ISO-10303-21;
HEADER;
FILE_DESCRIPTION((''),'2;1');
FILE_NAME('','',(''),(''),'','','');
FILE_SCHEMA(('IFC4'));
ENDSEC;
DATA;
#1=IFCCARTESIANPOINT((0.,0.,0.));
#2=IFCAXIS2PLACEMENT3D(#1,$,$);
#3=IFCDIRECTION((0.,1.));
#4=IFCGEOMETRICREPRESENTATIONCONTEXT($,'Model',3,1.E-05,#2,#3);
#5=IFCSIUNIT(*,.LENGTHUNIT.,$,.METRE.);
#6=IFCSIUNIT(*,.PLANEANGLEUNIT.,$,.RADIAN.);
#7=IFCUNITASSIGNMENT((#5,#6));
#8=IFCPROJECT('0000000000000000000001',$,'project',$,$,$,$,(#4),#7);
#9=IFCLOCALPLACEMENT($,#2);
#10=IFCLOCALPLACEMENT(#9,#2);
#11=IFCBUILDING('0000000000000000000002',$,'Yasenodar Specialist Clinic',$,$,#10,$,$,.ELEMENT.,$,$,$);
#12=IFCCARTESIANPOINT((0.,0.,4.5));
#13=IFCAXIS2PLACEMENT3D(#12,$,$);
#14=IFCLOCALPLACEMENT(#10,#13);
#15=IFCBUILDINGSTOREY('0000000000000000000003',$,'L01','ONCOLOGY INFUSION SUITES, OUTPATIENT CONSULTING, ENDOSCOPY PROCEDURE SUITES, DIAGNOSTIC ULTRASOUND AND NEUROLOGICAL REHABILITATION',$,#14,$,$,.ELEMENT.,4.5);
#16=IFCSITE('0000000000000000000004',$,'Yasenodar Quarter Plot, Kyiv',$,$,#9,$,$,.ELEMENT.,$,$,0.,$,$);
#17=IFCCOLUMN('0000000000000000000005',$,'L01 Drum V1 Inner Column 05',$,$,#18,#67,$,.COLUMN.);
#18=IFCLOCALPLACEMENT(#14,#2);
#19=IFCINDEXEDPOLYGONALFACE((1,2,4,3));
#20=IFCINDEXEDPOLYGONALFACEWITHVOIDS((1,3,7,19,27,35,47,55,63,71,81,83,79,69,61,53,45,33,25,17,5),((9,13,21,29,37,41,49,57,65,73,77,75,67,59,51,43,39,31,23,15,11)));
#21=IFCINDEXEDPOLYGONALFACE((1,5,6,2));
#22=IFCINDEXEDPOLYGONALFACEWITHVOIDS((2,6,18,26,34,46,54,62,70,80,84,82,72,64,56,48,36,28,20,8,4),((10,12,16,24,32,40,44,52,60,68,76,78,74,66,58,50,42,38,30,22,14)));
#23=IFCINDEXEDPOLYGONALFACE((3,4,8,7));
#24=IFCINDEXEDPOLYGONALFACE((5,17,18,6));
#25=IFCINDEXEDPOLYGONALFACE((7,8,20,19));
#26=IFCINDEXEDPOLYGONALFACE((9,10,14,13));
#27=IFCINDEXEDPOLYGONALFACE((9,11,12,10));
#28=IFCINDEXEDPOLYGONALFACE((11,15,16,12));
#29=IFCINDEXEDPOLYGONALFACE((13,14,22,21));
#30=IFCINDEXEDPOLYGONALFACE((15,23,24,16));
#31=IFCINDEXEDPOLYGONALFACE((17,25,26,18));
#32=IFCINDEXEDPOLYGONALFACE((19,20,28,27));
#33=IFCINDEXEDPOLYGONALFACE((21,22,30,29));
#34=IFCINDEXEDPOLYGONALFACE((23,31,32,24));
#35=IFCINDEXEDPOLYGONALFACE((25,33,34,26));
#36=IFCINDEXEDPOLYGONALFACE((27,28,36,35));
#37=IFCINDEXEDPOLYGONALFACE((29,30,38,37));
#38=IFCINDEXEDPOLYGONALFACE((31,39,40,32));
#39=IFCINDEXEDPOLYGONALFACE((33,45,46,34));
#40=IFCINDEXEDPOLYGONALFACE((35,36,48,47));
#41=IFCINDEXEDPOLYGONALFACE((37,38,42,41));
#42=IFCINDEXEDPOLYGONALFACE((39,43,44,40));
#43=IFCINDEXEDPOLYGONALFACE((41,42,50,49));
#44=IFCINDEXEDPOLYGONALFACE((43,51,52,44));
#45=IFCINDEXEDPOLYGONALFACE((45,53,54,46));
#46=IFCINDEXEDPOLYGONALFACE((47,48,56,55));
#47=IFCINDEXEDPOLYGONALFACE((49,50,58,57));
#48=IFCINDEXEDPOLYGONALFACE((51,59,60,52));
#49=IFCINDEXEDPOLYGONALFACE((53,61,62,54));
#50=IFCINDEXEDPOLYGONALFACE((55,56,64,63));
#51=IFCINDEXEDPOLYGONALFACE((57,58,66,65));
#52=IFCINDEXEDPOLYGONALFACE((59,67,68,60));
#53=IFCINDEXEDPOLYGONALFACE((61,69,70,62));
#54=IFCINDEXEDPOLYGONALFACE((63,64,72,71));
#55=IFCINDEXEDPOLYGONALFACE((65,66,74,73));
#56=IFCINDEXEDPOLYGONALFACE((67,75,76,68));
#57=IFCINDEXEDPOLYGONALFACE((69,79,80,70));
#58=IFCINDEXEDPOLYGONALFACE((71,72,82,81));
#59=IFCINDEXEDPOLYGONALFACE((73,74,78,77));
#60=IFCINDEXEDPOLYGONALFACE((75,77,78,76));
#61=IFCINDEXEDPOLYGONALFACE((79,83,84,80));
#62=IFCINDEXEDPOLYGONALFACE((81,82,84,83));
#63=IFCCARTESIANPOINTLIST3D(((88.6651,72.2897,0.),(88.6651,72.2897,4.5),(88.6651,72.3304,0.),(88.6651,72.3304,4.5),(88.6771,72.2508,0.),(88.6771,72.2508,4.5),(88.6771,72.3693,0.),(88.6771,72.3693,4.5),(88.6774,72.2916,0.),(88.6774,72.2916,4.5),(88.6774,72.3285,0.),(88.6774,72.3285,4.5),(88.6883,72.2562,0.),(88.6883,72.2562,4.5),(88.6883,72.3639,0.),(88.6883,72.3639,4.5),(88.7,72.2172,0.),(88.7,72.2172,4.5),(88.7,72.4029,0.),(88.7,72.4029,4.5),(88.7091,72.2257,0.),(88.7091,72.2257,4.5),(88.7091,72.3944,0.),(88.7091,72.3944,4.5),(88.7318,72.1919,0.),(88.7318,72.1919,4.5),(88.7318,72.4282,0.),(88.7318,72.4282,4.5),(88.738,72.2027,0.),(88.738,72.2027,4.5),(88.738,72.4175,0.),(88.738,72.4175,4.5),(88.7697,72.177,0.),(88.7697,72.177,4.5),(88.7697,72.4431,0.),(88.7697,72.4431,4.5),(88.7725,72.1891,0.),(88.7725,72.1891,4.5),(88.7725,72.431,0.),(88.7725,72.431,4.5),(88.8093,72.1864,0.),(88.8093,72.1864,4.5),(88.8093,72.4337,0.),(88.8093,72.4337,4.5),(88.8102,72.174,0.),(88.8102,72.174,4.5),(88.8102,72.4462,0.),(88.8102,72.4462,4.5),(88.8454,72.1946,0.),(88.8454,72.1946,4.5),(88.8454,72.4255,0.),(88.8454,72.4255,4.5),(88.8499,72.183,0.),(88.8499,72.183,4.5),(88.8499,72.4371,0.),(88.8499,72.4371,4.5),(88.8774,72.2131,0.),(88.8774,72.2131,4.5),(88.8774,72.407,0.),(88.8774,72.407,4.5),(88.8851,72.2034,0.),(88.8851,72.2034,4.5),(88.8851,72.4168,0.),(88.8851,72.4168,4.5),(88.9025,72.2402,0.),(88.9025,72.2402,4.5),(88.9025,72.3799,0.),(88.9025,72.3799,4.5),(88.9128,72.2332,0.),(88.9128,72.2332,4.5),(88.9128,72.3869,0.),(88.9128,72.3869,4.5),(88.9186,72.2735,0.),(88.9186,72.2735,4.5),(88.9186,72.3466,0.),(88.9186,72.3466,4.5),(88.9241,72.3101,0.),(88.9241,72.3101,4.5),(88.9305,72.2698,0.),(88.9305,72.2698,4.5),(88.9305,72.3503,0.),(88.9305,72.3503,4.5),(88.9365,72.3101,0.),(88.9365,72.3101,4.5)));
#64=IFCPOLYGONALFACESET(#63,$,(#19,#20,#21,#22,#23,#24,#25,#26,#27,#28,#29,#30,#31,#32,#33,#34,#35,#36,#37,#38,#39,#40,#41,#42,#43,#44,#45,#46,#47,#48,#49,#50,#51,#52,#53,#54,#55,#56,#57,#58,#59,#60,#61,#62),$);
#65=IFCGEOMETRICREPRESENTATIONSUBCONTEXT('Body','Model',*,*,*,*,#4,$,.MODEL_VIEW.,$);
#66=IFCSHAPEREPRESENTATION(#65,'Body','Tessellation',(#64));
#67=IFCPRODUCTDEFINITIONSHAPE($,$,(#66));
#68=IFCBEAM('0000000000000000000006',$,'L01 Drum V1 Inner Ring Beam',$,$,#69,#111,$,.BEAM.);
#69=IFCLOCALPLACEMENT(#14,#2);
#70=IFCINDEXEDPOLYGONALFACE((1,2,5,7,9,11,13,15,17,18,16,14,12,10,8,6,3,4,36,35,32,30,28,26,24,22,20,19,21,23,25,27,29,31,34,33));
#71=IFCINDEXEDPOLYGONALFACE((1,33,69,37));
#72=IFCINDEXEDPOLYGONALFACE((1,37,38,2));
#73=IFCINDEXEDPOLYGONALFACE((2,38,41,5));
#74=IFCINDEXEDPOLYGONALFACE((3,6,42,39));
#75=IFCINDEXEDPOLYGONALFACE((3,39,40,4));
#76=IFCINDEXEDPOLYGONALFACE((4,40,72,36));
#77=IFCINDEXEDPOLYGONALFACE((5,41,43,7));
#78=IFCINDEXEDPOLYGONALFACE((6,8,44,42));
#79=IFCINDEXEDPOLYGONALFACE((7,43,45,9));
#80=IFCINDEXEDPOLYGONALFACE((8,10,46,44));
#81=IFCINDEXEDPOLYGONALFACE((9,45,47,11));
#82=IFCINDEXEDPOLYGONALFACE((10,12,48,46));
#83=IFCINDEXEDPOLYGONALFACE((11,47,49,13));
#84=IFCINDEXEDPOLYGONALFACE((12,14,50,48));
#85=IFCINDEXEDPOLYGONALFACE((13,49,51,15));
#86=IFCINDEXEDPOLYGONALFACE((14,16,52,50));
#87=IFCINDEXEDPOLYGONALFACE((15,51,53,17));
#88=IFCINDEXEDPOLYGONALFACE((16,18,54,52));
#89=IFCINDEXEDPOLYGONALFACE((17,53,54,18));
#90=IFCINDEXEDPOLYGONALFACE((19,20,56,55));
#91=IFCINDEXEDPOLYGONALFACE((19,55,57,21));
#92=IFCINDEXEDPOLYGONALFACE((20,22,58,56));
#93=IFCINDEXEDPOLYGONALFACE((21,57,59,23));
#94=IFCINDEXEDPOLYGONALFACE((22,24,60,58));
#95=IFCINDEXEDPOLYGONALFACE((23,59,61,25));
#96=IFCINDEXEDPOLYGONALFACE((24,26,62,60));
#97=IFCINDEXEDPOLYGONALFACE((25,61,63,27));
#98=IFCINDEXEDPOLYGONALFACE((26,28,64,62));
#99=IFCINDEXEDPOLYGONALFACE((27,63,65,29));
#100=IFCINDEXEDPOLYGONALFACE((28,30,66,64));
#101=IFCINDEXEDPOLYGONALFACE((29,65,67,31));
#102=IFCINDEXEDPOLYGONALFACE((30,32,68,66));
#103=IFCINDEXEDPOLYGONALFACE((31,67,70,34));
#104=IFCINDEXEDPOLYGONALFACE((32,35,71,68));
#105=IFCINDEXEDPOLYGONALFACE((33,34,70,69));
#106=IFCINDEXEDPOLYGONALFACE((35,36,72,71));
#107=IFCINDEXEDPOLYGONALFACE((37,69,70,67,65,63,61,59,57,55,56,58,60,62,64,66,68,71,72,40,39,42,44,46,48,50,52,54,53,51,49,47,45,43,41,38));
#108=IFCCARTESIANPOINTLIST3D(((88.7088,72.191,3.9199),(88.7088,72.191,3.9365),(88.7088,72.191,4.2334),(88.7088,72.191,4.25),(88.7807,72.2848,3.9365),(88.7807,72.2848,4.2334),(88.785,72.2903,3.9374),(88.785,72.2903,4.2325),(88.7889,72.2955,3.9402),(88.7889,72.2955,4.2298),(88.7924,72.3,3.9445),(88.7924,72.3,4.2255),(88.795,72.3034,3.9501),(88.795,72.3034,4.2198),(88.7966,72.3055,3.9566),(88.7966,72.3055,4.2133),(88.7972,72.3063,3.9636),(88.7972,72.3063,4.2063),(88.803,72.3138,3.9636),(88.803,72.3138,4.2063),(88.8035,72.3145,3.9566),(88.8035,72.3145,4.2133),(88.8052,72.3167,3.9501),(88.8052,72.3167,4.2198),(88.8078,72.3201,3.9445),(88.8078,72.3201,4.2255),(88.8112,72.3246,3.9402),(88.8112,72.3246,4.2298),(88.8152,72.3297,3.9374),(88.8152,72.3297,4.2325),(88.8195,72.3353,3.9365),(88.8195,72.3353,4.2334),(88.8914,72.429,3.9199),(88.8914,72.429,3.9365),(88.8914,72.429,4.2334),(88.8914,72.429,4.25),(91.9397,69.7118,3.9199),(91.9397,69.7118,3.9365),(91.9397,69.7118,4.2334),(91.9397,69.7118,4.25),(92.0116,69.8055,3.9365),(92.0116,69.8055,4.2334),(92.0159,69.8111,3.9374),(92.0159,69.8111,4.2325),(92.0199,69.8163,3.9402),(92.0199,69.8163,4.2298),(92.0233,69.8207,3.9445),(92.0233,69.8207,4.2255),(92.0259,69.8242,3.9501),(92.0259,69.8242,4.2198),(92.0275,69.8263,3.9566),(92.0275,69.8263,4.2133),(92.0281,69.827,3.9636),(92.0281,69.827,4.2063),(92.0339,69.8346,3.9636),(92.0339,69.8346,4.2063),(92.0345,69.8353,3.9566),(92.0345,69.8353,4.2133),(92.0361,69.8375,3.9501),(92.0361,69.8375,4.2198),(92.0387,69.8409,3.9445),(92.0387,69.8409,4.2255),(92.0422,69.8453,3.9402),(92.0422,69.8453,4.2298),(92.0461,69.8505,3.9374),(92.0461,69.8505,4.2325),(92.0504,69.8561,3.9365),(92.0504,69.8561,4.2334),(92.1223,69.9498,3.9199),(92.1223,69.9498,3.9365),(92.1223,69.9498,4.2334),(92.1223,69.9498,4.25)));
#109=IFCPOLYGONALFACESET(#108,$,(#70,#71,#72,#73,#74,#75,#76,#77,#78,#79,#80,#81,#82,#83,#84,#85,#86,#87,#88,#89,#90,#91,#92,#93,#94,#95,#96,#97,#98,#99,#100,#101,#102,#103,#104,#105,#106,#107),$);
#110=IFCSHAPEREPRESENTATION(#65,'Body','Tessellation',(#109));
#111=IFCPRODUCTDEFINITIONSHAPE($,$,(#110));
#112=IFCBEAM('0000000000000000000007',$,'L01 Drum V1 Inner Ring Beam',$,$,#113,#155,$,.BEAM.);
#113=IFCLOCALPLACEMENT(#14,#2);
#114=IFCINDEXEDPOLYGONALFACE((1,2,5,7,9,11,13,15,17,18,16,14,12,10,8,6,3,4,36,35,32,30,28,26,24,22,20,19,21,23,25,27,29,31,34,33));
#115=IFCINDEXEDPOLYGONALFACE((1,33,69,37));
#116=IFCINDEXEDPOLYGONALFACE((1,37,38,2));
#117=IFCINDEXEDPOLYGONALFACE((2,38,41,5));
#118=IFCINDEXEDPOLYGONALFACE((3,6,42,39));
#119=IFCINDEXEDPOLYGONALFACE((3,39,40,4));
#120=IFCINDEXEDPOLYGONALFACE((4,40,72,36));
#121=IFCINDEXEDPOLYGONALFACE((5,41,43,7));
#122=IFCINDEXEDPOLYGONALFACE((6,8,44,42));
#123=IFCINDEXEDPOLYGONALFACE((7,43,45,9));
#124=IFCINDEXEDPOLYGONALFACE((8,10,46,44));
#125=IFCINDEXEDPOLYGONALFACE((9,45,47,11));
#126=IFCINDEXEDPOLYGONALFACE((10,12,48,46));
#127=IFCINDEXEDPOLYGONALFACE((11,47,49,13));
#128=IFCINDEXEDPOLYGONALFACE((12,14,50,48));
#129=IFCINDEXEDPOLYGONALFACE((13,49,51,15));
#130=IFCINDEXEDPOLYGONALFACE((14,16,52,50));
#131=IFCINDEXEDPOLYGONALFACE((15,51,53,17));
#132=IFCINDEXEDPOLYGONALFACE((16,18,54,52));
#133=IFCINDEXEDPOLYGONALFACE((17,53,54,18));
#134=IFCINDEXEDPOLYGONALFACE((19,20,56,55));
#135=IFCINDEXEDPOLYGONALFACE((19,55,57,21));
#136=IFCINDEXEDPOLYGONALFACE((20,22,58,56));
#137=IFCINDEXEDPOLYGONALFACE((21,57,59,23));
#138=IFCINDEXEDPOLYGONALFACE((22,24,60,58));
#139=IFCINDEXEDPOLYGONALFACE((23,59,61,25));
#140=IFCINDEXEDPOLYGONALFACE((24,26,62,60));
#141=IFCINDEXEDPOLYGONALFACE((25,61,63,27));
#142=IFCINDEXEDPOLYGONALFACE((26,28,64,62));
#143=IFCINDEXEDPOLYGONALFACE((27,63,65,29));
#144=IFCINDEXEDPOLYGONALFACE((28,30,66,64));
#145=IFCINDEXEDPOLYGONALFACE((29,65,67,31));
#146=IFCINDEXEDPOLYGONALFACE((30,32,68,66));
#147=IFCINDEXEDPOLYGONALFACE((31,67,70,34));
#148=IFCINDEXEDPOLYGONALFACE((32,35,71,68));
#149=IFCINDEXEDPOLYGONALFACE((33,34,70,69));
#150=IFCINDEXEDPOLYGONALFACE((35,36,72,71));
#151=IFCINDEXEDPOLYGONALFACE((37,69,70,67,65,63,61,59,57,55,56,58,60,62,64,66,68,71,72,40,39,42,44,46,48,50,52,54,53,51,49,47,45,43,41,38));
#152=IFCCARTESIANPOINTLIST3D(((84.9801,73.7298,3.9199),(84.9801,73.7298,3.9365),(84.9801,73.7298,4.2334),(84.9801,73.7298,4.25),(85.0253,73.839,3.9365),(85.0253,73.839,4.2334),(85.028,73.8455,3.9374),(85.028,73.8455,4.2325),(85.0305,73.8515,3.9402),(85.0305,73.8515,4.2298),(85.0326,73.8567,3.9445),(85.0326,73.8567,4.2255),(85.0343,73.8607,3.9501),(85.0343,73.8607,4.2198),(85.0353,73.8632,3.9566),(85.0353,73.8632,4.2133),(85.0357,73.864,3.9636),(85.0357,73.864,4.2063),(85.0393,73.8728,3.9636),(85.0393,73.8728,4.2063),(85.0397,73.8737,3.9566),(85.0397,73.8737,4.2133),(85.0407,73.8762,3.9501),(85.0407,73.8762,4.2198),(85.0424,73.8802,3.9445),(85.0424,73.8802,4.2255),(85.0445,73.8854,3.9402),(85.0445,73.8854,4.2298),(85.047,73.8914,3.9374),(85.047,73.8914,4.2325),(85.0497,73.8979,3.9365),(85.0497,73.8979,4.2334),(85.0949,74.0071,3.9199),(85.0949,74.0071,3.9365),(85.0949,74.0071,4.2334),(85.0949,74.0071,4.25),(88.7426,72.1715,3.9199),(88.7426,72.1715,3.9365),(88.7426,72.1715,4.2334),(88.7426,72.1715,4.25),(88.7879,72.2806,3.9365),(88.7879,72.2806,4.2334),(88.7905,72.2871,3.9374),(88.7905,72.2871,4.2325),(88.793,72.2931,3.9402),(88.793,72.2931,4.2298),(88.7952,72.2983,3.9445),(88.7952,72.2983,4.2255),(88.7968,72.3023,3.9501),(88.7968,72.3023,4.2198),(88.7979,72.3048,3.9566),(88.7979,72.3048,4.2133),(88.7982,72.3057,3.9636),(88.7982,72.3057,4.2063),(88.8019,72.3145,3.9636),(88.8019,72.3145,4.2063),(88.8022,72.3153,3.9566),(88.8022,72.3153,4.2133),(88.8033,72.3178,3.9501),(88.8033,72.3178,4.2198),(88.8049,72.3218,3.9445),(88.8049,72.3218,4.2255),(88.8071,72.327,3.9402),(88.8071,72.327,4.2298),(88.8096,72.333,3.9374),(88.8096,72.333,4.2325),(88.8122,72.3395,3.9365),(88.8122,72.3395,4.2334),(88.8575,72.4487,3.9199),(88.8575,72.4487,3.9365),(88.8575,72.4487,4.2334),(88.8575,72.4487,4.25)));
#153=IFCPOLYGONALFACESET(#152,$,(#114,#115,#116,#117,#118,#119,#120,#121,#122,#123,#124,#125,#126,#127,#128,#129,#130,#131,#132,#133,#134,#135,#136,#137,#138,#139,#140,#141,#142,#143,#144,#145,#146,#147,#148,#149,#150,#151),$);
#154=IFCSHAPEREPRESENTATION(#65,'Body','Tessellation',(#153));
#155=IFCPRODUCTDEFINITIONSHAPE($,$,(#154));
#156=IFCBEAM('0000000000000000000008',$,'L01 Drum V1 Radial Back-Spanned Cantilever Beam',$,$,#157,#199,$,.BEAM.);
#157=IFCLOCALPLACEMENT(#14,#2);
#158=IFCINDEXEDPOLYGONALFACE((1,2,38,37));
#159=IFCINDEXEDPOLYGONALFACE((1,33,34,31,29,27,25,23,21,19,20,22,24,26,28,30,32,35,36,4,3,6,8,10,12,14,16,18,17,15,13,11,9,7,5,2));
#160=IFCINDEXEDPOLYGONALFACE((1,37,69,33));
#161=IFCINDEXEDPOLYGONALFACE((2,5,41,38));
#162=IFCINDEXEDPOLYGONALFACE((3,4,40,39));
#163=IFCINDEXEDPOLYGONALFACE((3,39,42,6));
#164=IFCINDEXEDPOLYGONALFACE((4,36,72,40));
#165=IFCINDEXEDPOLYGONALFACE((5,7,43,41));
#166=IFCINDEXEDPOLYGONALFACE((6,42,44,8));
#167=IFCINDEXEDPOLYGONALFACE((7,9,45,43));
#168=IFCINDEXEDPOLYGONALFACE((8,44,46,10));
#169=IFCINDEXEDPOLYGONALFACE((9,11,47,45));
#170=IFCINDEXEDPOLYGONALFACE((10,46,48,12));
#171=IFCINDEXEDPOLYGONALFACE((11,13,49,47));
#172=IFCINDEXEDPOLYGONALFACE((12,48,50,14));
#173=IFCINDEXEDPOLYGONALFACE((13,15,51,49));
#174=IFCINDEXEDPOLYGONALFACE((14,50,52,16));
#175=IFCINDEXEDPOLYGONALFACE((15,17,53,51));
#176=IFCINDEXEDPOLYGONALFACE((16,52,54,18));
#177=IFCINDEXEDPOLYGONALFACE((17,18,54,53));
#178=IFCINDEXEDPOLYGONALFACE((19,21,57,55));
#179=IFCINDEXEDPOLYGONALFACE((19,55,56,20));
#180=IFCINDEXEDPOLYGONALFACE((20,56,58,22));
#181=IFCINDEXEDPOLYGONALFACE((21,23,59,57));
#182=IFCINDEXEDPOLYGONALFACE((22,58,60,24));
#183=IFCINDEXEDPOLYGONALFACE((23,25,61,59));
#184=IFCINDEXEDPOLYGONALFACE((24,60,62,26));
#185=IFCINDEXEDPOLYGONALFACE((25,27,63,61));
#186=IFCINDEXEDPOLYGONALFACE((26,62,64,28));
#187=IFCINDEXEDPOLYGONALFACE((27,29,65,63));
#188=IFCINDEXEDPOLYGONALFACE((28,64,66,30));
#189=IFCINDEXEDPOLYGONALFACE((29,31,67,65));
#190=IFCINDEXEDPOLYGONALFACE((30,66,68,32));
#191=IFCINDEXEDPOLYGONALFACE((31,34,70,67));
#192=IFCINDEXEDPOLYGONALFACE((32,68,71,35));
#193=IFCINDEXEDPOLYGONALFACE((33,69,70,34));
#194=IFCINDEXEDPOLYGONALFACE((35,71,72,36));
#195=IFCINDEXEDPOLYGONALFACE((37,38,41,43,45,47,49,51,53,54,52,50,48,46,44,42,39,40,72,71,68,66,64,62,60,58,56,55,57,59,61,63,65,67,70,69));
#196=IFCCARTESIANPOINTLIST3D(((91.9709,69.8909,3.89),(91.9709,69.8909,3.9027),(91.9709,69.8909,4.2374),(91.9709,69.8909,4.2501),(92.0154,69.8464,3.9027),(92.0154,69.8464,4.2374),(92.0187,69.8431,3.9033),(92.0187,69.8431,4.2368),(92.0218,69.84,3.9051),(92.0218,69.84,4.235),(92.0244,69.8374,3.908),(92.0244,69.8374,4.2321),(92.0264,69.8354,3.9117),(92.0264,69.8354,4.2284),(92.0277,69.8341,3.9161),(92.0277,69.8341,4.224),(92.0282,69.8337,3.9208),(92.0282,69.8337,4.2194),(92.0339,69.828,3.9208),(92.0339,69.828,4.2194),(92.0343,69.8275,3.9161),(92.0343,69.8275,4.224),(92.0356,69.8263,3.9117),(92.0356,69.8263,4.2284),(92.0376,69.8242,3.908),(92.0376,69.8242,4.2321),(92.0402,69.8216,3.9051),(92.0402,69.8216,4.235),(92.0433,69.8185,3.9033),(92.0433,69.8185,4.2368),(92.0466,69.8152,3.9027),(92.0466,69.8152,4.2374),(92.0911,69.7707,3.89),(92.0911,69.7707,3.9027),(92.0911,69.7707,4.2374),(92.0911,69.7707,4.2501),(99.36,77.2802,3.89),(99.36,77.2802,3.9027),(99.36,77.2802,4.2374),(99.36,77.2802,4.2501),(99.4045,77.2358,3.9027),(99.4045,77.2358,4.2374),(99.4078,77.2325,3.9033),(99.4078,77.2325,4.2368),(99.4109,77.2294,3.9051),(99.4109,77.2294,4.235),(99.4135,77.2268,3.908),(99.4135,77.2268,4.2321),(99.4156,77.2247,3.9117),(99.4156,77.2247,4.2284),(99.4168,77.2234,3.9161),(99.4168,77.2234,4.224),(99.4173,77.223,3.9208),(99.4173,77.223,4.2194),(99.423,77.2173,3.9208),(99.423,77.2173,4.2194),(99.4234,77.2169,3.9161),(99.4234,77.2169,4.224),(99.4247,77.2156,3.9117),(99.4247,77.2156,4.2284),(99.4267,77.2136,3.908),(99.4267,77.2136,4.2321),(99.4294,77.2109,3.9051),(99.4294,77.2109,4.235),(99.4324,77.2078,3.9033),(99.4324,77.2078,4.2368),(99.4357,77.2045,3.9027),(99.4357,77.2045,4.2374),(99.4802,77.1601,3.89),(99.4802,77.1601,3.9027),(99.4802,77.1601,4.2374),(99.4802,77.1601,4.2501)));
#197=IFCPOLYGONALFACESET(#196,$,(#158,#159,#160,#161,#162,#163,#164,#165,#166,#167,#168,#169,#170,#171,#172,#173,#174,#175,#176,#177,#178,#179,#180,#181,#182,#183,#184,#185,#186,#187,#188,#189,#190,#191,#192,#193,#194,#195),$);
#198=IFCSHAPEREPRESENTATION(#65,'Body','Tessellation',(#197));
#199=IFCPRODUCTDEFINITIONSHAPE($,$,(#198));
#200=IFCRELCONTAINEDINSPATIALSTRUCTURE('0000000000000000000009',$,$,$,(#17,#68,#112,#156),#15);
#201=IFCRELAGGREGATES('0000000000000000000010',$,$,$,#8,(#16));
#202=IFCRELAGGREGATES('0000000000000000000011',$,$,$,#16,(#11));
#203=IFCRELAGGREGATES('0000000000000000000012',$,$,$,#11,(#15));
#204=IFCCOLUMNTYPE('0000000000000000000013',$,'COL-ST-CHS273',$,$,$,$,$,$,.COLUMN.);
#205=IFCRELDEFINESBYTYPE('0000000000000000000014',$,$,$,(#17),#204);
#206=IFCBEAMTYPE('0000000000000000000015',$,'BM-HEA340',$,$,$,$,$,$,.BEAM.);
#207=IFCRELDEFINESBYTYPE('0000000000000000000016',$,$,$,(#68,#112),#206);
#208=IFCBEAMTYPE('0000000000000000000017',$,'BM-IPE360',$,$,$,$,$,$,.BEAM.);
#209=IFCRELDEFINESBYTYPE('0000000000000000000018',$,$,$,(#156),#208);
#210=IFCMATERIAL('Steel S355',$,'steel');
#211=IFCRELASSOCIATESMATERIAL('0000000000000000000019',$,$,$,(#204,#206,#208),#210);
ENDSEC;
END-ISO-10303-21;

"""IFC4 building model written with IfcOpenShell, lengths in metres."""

from ifc_helpers import new_model, si_unit, direction, frame, origin, origin_2d, place, context, subcontext, project, spatial, hollow_circle, i_section, extrude, material, material_profile, profile_set, type_object, element, save


model = new_model("IFC4")

# Units and contexts
model_context = context("Model", 3, precision=1e-05, world=origin(), true_north=direction((0.0, 1.0)))
body_context = subcontext(model_context, "Body", "Model", "MODEL_VIEW")
ifc_project = project(units=[si_unit("LENGTHUNIT", "METRE"), si_unit("PLANEANGLEUNIT", "RADIAN")], contexts=[model_context])

# Site, building, storey
site_placement = place(None, origin())
site = spatial("IfcSite", under=ifc_project, at=site_placement, Name="Yasenodar Quarter Plot, Kyiv", CompositionType="ELEMENT", RefElevation=0.0)
building_placement = place(site_placement, origin())
building = spatial("IfcBuilding", under=site, at=building_placement, Name="Yasenodar Specialist Clinic", CompositionType="ELEMENT")
storey_placement = place(building_placement, frame((0.0, 0.0, 4.5)))
storey = spatial("IfcBuildingStorey", under=building, at=storey_placement, Name="L01", Description="ONCOLOGY INFUSION SUITES, OUTPATIENT CONSULTING, ENDOSCOPY PROCEDURE SUITES, DIAGNOSTIC ULTRASOUND AND NEUROLOGICAL REHABILITATION", CompositionType="ELEMENT", Elevation=4.5)

# Column
ifc_material_1 = material(Name="Steel S355", Category="steel")
ifc_material_profile_1 = material_profile(ifc_material_1, hollow_circle(Radius=0.1365, WallThickness=0.0125, at=origin_2d()), Name="CHS 273x12.5")
ifc_profile_set_1 = profile_set([ifc_material_profile_1], Name="Steel S355")
column_type = type_object("IfcColumnType", Name="COL-ST-CHS273", PredefinedType="COLUMN", material=ifc_profile_set_1)
column_placement = place(storey_placement, frame((88.8, 72.3101, 0.0), z_axis=(0.0, 0.0, 1.0), x_axis=(1.0, 0.0, 0.0)))
element("IfcColumn", 1, at=column_placement, inside=storey, type_object=column_type, Name="L01 Drum V1 Inner Column 05", PredefinedType="COLUMN", context=body_context, shape_type="SweptSolid", body=[
    extrude(hollow_circle(Radius=0.1365, WallThickness=0.0125, at=origin_2d()), origin(), (0.0, 0.0, 1.0), 4.5),
])

# Beams
ifc_material_profile_2 = material_profile(ifc_material_1, i_section(OverallWidth=0.3, OverallDepth=0.3301, WebThickness=0.0095, FlangeThickness=0.0166, FilletRadius=0.0271, at=origin_2d()), Name="HEA 340")
ifc_profile_set_2 = profile_set([ifc_material_profile_2], Name="Steel S355")
beam_type_1 = type_object("IfcBeamType", Name="BM-HEA340", PredefinedType="BEAM", material=ifc_profile_set_2)
for number, where, z_axis, x_axis, name in (
    (2, (92.031, 69.8308, 4.085), (-0.793348, 0.608769, 0.0), (-0.608769, -0.793348, 0.0), "L01 Drum V1 Inner Ring Beam"),
    (3, (88.8, 72.3101, 4.085), (-0.923889, 0.382661, 0.0), (-0.382661, -0.923889, 0.0), "L01 Drum V1 Inner Ring Beam"),
):
    element("IfcBeam", number, at=place(storey_placement, frame(where, z_axis=z_axis, x_axis=x_axis)), inside=storey, type_object=beam_type_1, Name=name, PredefinedType="BEAM", context=body_context, shape_type="SweptSolid", body=[
        extrude(i_section(OverallWidth=0.3, OverallDepth=0.3301, WebThickness=0.0095, FlangeThickness=0.0166, FilletRadius=0.0271, at=origin_2d()), origin(), (0.0, 0.0, 1.0), 4.0725),
    ])
ifc_material_profile_3 = material_profile(ifc_material_1, i_section(OverallWidth=0.1699, OverallDepth=0.3601, WebThickness=0.0081, FlangeThickness=0.0127, FilletRadius=0.0181, at=origin_2d()), Name="IPE 360")
ifc_profile_set_3 = profile_set([ifc_material_profile_3], Name="Steel S355")
beam_type_2 = type_object("IfcBeamType", Name="BM-IPE360", PredefinedType="BEAM", material=ifc_profile_set_3)
for number, where, z_axis, x_axis, name in (
    (4, (92.031, 69.8308, 4.0701), (0.707095, 0.707118, 0.0), (-0.707118, 0.707095, 0.0), "L01 Drum V1 Radial Back-Spanned Cantilever Beam"),
):
    element("IfcBeam", number, at=place(storey_placement, frame(where, z_axis=z_axis, x_axis=x_axis)), inside=storey, type_object=beam_type_2, Name=name, PredefinedType="BEAM", context=body_context, shape_type="SweptSolid", body=[
        extrude(i_section(OverallWidth=0.1699, OverallDepth=0.3601, WebThickness=0.0081, FlangeThickness=0.0127, FilletRadius=0.0181, at=origin_2d()), origin(), (0.0, 0.0, 1.0), 10.45),
    ])

save(model, "model.ifc")
